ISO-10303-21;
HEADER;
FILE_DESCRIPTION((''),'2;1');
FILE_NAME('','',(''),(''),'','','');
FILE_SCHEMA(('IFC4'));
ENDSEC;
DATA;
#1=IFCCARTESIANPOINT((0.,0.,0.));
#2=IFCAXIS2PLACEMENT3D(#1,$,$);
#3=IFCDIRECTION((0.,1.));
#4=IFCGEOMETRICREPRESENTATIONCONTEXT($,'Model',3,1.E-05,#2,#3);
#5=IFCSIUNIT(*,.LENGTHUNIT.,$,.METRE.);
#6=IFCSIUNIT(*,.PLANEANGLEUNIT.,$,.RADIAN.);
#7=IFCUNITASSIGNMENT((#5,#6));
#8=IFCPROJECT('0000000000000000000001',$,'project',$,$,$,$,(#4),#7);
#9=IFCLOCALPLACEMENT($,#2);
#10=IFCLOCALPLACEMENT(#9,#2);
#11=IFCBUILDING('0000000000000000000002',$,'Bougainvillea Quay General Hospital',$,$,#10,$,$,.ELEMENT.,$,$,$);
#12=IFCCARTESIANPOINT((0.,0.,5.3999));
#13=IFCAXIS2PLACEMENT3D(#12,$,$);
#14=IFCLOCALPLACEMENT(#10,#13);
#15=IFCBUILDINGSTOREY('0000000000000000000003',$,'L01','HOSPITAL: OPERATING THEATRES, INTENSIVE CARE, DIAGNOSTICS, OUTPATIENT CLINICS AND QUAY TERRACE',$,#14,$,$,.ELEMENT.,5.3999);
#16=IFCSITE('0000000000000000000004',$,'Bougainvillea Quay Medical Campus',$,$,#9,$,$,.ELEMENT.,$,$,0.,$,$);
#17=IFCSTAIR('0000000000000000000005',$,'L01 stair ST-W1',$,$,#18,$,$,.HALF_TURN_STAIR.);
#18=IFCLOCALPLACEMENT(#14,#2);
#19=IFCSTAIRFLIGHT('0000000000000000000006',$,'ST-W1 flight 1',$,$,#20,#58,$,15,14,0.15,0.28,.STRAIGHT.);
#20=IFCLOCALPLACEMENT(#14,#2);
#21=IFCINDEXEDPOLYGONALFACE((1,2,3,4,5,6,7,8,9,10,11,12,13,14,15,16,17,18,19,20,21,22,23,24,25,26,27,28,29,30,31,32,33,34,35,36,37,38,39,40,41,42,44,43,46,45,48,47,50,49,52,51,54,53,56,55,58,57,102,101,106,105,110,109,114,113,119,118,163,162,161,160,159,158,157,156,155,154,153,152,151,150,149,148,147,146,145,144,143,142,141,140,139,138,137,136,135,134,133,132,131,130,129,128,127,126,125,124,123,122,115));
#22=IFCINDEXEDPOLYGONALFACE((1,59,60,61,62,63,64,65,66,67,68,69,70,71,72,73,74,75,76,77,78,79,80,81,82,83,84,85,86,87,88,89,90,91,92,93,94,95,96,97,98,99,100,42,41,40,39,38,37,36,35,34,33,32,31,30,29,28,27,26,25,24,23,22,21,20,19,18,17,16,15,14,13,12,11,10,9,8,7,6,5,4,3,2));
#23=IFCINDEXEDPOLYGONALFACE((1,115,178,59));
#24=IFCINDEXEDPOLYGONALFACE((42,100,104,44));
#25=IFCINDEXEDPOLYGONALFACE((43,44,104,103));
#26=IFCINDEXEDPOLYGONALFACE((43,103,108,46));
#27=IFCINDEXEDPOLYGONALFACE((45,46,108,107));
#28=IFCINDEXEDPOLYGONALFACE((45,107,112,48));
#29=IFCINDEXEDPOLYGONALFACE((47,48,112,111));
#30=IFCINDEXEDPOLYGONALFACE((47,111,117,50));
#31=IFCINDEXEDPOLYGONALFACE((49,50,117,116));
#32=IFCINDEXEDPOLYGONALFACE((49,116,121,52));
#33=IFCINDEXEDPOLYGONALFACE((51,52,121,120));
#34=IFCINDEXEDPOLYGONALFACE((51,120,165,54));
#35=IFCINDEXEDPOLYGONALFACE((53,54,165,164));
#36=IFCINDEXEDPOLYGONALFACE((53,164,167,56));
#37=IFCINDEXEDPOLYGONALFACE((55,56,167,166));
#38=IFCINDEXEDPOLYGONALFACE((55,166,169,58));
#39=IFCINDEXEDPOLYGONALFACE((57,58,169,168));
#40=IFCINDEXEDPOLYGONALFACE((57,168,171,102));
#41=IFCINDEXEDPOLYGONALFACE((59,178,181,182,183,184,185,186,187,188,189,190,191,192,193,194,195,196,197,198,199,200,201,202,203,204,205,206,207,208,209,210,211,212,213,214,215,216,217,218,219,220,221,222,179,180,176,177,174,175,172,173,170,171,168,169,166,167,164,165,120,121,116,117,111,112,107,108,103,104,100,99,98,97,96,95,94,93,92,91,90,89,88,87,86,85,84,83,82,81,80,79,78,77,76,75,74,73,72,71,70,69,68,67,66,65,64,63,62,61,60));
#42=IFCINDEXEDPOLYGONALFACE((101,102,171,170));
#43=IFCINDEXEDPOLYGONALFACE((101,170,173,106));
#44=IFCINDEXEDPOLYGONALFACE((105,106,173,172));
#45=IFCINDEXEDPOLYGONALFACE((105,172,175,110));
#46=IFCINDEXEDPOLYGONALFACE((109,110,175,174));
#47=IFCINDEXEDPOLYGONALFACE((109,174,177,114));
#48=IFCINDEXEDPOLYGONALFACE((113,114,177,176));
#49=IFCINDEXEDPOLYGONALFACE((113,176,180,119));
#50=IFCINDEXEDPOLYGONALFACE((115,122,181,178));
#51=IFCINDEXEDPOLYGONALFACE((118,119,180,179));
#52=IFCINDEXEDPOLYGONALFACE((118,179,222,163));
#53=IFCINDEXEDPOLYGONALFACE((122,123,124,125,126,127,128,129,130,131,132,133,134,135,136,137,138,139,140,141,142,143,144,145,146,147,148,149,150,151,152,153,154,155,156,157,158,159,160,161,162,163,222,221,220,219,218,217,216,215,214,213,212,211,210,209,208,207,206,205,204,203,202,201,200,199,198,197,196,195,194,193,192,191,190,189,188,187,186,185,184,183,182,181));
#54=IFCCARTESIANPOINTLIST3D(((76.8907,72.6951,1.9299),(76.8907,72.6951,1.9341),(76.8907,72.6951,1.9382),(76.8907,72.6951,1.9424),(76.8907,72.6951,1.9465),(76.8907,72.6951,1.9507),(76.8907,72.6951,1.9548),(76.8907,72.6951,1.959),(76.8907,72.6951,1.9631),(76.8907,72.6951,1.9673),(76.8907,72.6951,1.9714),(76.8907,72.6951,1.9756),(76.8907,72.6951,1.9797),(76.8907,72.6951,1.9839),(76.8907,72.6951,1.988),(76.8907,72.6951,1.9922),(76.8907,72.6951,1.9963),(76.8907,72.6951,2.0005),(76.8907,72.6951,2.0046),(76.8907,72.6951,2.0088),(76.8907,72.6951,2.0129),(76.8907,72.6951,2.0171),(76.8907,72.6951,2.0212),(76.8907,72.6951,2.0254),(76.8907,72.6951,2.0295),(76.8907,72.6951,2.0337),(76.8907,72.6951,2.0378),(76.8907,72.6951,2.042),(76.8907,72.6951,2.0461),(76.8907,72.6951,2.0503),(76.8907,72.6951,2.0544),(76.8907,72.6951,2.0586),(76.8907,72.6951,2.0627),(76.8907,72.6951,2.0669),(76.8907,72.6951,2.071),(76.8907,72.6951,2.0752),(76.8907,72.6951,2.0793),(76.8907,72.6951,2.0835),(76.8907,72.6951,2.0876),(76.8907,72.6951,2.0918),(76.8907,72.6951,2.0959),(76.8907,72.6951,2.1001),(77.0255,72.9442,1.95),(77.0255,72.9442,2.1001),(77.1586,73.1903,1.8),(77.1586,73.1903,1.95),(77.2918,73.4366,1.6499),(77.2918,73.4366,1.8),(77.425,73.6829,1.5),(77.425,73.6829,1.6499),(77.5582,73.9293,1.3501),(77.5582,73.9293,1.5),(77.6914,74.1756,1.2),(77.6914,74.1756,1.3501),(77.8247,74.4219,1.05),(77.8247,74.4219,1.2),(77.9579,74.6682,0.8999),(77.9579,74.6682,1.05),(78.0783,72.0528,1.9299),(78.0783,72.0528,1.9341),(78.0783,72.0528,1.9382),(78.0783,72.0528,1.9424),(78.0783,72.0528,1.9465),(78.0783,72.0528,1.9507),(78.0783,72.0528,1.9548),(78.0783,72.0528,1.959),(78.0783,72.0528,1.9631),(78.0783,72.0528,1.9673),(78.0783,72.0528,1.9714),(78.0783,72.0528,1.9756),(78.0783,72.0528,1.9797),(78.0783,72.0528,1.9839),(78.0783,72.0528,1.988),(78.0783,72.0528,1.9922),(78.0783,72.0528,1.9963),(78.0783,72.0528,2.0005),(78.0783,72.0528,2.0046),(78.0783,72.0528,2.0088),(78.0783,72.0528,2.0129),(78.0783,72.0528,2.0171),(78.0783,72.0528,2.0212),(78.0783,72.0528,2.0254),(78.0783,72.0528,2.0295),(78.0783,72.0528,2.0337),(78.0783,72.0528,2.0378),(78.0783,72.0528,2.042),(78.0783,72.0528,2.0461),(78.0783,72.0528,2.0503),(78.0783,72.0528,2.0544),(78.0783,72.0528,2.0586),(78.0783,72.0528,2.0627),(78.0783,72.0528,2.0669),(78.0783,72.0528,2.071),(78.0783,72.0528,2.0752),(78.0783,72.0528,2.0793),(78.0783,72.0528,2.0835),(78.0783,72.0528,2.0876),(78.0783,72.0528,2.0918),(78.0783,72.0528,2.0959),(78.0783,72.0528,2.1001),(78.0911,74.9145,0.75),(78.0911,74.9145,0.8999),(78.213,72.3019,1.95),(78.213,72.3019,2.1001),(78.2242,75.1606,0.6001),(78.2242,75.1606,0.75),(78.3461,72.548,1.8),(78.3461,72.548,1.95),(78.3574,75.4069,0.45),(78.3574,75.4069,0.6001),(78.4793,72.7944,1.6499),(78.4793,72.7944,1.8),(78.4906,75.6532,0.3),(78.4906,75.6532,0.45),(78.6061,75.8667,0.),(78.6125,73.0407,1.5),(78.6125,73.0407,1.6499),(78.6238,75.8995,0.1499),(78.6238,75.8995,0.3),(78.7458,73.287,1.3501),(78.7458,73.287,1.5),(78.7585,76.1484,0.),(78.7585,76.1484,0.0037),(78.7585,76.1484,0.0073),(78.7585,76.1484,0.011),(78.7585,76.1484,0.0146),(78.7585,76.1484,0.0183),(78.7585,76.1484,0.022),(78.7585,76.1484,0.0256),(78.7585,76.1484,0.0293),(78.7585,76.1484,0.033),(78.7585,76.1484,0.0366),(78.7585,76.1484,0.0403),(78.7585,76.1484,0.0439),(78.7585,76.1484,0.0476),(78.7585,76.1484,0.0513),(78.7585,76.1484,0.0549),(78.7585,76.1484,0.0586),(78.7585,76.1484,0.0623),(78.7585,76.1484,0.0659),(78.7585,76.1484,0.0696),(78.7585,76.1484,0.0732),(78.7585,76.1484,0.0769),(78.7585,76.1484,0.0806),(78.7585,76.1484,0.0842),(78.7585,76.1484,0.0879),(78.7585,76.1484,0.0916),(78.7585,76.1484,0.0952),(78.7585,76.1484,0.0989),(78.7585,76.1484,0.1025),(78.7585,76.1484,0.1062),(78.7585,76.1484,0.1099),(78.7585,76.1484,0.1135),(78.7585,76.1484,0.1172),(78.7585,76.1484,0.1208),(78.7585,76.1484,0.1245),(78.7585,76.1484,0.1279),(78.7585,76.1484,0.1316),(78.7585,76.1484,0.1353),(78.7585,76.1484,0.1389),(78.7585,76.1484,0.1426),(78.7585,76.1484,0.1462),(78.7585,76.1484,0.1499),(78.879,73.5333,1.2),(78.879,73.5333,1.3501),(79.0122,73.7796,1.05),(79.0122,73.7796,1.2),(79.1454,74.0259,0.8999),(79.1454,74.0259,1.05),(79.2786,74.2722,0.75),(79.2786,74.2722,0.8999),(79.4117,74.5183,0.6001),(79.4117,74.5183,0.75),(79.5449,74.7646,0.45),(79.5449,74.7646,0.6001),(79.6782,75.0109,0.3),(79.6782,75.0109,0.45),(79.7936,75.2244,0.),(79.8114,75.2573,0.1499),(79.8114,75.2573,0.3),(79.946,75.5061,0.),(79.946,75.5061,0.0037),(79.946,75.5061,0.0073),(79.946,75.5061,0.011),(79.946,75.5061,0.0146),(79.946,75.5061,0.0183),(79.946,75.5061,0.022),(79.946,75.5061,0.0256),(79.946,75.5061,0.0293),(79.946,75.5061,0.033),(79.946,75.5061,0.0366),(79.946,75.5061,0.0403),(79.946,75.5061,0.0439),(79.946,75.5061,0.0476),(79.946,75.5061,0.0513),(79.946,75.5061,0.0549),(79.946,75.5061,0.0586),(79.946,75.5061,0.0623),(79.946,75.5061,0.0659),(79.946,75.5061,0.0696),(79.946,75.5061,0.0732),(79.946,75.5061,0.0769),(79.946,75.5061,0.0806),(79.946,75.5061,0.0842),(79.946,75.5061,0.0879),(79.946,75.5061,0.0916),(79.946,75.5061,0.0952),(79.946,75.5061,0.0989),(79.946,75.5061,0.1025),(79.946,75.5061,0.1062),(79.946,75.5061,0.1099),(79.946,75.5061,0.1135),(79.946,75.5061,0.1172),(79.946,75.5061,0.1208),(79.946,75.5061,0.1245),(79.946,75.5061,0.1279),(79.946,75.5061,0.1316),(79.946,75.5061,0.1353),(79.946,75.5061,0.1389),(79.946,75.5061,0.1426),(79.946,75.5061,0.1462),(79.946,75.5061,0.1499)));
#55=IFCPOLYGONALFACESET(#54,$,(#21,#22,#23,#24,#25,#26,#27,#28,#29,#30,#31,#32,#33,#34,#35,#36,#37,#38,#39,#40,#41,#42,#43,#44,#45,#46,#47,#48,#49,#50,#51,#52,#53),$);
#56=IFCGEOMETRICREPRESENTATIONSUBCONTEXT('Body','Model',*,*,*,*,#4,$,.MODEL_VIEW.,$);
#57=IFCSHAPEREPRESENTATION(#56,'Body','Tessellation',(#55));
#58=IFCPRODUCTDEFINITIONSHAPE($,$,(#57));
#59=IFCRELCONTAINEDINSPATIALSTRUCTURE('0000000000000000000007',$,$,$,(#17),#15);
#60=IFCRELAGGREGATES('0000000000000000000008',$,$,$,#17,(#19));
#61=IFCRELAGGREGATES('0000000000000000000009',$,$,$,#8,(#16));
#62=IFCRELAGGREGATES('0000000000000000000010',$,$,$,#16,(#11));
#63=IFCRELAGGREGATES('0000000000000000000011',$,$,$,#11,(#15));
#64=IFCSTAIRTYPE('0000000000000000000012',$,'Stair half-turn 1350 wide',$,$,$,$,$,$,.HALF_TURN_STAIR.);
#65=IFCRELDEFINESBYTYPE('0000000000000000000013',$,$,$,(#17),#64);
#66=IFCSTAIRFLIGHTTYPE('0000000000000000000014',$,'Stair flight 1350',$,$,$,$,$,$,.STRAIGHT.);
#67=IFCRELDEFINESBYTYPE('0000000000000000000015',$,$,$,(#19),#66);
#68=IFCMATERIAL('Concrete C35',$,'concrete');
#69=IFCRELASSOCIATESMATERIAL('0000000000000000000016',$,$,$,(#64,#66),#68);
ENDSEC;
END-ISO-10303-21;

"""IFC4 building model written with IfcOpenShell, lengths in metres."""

from ifc_helpers import new_model, si_unit, direction, frame, origin, place, context, subcontext, project, spatial, polyline, outline, extrude, material, type_object, element, aggregate, save


model = new_model("IFC4")

# Units and contexts
model_context = context("Model", 3, precision=1e-05, world=origin(), true_north=direction((0.0, 1.0)))
body_context = subcontext(model_context, "Body", "Model", "MODEL_VIEW")
ifc_project = project(units=[si_unit("LENGTHUNIT", "METRE"), si_unit("PLANEANGLEUNIT", "RADIAN")], contexts=[model_context])

# Site, building, storey
site_placement = place(None, origin())
site = spatial("IfcSite", under=ifc_project, at=site_placement, Name="Bougainvillea Quay Medical Campus", CompositionType="ELEMENT", RefElevation=0.0)
building_placement = place(site_placement, origin())
building = spatial("IfcBuilding", under=site, at=building_placement, Name="Bougainvillea Quay General Hospital", CompositionType="ELEMENT")
storey_placement = place(building_placement, frame((0.0, 0.0, 5.3999)))
storey = spatial("IfcBuildingStorey", under=building, at=storey_placement, Name="L01", Description="HOSPITAL: OPERATING THEATRES, INTENSIVE CARE, DIAGNOSTICS, OUTPATIENT CLINICS AND QUAY TERRACE", CompositionType="ELEMENT", Elevation=5.3999)

# Stair, stair flight
ifc_material_1 = material(Name="Concrete C35", Category="concrete")
stair_type = type_object("IfcStairType", Name="Stair half-turn 1350 wide", PredefinedType="HALF_TURN_STAIR", material=ifc_material_1)
stair_placement = place(storey_placement, origin())
stair = element("IfcStair", 1, at=stair_placement, inside=storey, type_object=stair_type, Name="L01 stair ST-W1", PredefinedType="HALF_TURN_STAIR")
stair_flight_type = type_object("IfcStairFlightType", Name="Stair flight 1350", PredefinedType="STRAIGHT", material=ifc_material_1)
stair_flight_placement = place(storey_placement, frame((79.3508, 75.8247, 0.0), z_axis=(0.0, 0.0, 1.0), x_axis=(-0.475726, -0.879594, 0.0)))
stair_flight = element("IfcStairFlight", 2, at=stair_flight_placement, type_object=stair_flight_type, Name="ST-W1 flight 1", NumberOfRisers=15, NumberOfTreads=14, PredefinedType="STRAIGHT", RiserHeight=0.15, TreadLength=0.28, context=body_context, shape_type="SweptSolid", body=[
    extrude(outline(polyline([(-0.0029, 0.0), (-0.0029, 0.0037), (-0.0029, 0.0073), (-0.0029, 0.011), (-0.0029, 0.0146), (-0.0029, 0.0183), (-0.0029, 0.022), (-0.0029, 0.0256), (-0.0029, 0.0293), (-0.0029, 0.033), (-0.0029, 0.0366), (-0.0029, 0.0403), (-0.0029, 0.0439), (-0.0029, 0.0476), (-0.0029, 0.0513), (-0.0029, 0.0549), (-0.0029, 0.0586), (-0.0029, 0.0623), (-0.0029, 0.0659), (-0.0029, 0.0696), (-0.0029, 0.0732), (-0.0029, 0.0769), (-0.0029, 0.0806), (-0.0029, 0.0842), (-0.0029, 0.0879), (-0.0029, 0.0916), (-0.0029, 0.0952), (-0.0029, 0.0989), (-0.0029, 0.1025), (-0.0029, 0.1062), (-0.0029, 0.1099), (-0.0029, 0.1135), (-0.0029, 0.1172), (-0.0029, 0.1208), (-0.0029, 0.1245), (-0.0029, 0.1279), (-0.0029, 0.1316), (-0.0029, 0.1353), (-0.0029, 0.1389), (-0.0029, 0.1426), (-0.0029, 0.1462), (-0.0029, 0.1499), (0.28, 0.1499), (0.28, 0.3), (0.5601, 0.3), (0.5601, 0.45), (0.8401, 0.45), (0.8401, 0.6001), (1.1201, 0.6001), (1.1201, 0.75), (1.3999, 0.75), (1.3999, 0.8999), (1.6799, 0.8999), (1.6799, 1.05), (1.96, 1.05), (1.96, 1.2), (2.24, 1.2), (2.24, 1.3501), (2.52, 1.3501), (2.52, 1.5), (2.8, 1.5), (2.8, 1.6499), (3.0801, 1.6499), (3.0801, 1.8), (3.3601, 1.8), (3.3601, 1.95), (3.6399, 1.95), (3.6399, 2.1001), (3.9231, 2.1001), (3.9231, 2.0959), (3.9231, 2.0918), (3.9231, 2.0876), (3.9231, 2.0835), (3.9231, 2.0793), (3.9231, 2.0752), (3.9231, 2.071), (3.9231, 2.0669), (3.9231, 2.0627), (3.9231, 2.0586), (3.9231, 2.0544), (3.9231, 2.0503), (3.9231, 2.0461), (3.9231, 2.042), (3.9231, 2.0378), (3.9231, 2.0337), (3.9231, 2.0295), (3.9231, 2.0254), (3.9231, 2.0212), (3.9231, 2.0171), (3.9231, 2.0129), (3.9231, 2.0088), (3.9231, 2.0046), (3.9231, 2.0005), (3.9231, 1.9963), (3.9231, 1.9922), (3.9231, 1.988), (3.9231, 1.9839), (3.9231, 1.9797), (3.9231, 1.9756), (3.9231, 1.9714), (3.9231, 1.9673), (3.9231, 1.9631), (3.9231, 1.959), (3.9231, 1.9548), (3.9231, 1.9507), (3.9231, 1.9465), (3.9231, 1.9424), (3.9231, 1.9382), (3.9231, 1.9341), (3.9231, 1.9299), (0.3174, 0.0), (-0.0029, 0.0)])), frame((0.0, 0.675, 0.0), z_axis=(0.0, -1.0, 0.0), x_axis=(1.0, 0.0, 0.0)), (0.0, 0.0, 1.0), 1.3501),
])
aggregate(stair, [stair_flight])

save(model, "model.ifc")
